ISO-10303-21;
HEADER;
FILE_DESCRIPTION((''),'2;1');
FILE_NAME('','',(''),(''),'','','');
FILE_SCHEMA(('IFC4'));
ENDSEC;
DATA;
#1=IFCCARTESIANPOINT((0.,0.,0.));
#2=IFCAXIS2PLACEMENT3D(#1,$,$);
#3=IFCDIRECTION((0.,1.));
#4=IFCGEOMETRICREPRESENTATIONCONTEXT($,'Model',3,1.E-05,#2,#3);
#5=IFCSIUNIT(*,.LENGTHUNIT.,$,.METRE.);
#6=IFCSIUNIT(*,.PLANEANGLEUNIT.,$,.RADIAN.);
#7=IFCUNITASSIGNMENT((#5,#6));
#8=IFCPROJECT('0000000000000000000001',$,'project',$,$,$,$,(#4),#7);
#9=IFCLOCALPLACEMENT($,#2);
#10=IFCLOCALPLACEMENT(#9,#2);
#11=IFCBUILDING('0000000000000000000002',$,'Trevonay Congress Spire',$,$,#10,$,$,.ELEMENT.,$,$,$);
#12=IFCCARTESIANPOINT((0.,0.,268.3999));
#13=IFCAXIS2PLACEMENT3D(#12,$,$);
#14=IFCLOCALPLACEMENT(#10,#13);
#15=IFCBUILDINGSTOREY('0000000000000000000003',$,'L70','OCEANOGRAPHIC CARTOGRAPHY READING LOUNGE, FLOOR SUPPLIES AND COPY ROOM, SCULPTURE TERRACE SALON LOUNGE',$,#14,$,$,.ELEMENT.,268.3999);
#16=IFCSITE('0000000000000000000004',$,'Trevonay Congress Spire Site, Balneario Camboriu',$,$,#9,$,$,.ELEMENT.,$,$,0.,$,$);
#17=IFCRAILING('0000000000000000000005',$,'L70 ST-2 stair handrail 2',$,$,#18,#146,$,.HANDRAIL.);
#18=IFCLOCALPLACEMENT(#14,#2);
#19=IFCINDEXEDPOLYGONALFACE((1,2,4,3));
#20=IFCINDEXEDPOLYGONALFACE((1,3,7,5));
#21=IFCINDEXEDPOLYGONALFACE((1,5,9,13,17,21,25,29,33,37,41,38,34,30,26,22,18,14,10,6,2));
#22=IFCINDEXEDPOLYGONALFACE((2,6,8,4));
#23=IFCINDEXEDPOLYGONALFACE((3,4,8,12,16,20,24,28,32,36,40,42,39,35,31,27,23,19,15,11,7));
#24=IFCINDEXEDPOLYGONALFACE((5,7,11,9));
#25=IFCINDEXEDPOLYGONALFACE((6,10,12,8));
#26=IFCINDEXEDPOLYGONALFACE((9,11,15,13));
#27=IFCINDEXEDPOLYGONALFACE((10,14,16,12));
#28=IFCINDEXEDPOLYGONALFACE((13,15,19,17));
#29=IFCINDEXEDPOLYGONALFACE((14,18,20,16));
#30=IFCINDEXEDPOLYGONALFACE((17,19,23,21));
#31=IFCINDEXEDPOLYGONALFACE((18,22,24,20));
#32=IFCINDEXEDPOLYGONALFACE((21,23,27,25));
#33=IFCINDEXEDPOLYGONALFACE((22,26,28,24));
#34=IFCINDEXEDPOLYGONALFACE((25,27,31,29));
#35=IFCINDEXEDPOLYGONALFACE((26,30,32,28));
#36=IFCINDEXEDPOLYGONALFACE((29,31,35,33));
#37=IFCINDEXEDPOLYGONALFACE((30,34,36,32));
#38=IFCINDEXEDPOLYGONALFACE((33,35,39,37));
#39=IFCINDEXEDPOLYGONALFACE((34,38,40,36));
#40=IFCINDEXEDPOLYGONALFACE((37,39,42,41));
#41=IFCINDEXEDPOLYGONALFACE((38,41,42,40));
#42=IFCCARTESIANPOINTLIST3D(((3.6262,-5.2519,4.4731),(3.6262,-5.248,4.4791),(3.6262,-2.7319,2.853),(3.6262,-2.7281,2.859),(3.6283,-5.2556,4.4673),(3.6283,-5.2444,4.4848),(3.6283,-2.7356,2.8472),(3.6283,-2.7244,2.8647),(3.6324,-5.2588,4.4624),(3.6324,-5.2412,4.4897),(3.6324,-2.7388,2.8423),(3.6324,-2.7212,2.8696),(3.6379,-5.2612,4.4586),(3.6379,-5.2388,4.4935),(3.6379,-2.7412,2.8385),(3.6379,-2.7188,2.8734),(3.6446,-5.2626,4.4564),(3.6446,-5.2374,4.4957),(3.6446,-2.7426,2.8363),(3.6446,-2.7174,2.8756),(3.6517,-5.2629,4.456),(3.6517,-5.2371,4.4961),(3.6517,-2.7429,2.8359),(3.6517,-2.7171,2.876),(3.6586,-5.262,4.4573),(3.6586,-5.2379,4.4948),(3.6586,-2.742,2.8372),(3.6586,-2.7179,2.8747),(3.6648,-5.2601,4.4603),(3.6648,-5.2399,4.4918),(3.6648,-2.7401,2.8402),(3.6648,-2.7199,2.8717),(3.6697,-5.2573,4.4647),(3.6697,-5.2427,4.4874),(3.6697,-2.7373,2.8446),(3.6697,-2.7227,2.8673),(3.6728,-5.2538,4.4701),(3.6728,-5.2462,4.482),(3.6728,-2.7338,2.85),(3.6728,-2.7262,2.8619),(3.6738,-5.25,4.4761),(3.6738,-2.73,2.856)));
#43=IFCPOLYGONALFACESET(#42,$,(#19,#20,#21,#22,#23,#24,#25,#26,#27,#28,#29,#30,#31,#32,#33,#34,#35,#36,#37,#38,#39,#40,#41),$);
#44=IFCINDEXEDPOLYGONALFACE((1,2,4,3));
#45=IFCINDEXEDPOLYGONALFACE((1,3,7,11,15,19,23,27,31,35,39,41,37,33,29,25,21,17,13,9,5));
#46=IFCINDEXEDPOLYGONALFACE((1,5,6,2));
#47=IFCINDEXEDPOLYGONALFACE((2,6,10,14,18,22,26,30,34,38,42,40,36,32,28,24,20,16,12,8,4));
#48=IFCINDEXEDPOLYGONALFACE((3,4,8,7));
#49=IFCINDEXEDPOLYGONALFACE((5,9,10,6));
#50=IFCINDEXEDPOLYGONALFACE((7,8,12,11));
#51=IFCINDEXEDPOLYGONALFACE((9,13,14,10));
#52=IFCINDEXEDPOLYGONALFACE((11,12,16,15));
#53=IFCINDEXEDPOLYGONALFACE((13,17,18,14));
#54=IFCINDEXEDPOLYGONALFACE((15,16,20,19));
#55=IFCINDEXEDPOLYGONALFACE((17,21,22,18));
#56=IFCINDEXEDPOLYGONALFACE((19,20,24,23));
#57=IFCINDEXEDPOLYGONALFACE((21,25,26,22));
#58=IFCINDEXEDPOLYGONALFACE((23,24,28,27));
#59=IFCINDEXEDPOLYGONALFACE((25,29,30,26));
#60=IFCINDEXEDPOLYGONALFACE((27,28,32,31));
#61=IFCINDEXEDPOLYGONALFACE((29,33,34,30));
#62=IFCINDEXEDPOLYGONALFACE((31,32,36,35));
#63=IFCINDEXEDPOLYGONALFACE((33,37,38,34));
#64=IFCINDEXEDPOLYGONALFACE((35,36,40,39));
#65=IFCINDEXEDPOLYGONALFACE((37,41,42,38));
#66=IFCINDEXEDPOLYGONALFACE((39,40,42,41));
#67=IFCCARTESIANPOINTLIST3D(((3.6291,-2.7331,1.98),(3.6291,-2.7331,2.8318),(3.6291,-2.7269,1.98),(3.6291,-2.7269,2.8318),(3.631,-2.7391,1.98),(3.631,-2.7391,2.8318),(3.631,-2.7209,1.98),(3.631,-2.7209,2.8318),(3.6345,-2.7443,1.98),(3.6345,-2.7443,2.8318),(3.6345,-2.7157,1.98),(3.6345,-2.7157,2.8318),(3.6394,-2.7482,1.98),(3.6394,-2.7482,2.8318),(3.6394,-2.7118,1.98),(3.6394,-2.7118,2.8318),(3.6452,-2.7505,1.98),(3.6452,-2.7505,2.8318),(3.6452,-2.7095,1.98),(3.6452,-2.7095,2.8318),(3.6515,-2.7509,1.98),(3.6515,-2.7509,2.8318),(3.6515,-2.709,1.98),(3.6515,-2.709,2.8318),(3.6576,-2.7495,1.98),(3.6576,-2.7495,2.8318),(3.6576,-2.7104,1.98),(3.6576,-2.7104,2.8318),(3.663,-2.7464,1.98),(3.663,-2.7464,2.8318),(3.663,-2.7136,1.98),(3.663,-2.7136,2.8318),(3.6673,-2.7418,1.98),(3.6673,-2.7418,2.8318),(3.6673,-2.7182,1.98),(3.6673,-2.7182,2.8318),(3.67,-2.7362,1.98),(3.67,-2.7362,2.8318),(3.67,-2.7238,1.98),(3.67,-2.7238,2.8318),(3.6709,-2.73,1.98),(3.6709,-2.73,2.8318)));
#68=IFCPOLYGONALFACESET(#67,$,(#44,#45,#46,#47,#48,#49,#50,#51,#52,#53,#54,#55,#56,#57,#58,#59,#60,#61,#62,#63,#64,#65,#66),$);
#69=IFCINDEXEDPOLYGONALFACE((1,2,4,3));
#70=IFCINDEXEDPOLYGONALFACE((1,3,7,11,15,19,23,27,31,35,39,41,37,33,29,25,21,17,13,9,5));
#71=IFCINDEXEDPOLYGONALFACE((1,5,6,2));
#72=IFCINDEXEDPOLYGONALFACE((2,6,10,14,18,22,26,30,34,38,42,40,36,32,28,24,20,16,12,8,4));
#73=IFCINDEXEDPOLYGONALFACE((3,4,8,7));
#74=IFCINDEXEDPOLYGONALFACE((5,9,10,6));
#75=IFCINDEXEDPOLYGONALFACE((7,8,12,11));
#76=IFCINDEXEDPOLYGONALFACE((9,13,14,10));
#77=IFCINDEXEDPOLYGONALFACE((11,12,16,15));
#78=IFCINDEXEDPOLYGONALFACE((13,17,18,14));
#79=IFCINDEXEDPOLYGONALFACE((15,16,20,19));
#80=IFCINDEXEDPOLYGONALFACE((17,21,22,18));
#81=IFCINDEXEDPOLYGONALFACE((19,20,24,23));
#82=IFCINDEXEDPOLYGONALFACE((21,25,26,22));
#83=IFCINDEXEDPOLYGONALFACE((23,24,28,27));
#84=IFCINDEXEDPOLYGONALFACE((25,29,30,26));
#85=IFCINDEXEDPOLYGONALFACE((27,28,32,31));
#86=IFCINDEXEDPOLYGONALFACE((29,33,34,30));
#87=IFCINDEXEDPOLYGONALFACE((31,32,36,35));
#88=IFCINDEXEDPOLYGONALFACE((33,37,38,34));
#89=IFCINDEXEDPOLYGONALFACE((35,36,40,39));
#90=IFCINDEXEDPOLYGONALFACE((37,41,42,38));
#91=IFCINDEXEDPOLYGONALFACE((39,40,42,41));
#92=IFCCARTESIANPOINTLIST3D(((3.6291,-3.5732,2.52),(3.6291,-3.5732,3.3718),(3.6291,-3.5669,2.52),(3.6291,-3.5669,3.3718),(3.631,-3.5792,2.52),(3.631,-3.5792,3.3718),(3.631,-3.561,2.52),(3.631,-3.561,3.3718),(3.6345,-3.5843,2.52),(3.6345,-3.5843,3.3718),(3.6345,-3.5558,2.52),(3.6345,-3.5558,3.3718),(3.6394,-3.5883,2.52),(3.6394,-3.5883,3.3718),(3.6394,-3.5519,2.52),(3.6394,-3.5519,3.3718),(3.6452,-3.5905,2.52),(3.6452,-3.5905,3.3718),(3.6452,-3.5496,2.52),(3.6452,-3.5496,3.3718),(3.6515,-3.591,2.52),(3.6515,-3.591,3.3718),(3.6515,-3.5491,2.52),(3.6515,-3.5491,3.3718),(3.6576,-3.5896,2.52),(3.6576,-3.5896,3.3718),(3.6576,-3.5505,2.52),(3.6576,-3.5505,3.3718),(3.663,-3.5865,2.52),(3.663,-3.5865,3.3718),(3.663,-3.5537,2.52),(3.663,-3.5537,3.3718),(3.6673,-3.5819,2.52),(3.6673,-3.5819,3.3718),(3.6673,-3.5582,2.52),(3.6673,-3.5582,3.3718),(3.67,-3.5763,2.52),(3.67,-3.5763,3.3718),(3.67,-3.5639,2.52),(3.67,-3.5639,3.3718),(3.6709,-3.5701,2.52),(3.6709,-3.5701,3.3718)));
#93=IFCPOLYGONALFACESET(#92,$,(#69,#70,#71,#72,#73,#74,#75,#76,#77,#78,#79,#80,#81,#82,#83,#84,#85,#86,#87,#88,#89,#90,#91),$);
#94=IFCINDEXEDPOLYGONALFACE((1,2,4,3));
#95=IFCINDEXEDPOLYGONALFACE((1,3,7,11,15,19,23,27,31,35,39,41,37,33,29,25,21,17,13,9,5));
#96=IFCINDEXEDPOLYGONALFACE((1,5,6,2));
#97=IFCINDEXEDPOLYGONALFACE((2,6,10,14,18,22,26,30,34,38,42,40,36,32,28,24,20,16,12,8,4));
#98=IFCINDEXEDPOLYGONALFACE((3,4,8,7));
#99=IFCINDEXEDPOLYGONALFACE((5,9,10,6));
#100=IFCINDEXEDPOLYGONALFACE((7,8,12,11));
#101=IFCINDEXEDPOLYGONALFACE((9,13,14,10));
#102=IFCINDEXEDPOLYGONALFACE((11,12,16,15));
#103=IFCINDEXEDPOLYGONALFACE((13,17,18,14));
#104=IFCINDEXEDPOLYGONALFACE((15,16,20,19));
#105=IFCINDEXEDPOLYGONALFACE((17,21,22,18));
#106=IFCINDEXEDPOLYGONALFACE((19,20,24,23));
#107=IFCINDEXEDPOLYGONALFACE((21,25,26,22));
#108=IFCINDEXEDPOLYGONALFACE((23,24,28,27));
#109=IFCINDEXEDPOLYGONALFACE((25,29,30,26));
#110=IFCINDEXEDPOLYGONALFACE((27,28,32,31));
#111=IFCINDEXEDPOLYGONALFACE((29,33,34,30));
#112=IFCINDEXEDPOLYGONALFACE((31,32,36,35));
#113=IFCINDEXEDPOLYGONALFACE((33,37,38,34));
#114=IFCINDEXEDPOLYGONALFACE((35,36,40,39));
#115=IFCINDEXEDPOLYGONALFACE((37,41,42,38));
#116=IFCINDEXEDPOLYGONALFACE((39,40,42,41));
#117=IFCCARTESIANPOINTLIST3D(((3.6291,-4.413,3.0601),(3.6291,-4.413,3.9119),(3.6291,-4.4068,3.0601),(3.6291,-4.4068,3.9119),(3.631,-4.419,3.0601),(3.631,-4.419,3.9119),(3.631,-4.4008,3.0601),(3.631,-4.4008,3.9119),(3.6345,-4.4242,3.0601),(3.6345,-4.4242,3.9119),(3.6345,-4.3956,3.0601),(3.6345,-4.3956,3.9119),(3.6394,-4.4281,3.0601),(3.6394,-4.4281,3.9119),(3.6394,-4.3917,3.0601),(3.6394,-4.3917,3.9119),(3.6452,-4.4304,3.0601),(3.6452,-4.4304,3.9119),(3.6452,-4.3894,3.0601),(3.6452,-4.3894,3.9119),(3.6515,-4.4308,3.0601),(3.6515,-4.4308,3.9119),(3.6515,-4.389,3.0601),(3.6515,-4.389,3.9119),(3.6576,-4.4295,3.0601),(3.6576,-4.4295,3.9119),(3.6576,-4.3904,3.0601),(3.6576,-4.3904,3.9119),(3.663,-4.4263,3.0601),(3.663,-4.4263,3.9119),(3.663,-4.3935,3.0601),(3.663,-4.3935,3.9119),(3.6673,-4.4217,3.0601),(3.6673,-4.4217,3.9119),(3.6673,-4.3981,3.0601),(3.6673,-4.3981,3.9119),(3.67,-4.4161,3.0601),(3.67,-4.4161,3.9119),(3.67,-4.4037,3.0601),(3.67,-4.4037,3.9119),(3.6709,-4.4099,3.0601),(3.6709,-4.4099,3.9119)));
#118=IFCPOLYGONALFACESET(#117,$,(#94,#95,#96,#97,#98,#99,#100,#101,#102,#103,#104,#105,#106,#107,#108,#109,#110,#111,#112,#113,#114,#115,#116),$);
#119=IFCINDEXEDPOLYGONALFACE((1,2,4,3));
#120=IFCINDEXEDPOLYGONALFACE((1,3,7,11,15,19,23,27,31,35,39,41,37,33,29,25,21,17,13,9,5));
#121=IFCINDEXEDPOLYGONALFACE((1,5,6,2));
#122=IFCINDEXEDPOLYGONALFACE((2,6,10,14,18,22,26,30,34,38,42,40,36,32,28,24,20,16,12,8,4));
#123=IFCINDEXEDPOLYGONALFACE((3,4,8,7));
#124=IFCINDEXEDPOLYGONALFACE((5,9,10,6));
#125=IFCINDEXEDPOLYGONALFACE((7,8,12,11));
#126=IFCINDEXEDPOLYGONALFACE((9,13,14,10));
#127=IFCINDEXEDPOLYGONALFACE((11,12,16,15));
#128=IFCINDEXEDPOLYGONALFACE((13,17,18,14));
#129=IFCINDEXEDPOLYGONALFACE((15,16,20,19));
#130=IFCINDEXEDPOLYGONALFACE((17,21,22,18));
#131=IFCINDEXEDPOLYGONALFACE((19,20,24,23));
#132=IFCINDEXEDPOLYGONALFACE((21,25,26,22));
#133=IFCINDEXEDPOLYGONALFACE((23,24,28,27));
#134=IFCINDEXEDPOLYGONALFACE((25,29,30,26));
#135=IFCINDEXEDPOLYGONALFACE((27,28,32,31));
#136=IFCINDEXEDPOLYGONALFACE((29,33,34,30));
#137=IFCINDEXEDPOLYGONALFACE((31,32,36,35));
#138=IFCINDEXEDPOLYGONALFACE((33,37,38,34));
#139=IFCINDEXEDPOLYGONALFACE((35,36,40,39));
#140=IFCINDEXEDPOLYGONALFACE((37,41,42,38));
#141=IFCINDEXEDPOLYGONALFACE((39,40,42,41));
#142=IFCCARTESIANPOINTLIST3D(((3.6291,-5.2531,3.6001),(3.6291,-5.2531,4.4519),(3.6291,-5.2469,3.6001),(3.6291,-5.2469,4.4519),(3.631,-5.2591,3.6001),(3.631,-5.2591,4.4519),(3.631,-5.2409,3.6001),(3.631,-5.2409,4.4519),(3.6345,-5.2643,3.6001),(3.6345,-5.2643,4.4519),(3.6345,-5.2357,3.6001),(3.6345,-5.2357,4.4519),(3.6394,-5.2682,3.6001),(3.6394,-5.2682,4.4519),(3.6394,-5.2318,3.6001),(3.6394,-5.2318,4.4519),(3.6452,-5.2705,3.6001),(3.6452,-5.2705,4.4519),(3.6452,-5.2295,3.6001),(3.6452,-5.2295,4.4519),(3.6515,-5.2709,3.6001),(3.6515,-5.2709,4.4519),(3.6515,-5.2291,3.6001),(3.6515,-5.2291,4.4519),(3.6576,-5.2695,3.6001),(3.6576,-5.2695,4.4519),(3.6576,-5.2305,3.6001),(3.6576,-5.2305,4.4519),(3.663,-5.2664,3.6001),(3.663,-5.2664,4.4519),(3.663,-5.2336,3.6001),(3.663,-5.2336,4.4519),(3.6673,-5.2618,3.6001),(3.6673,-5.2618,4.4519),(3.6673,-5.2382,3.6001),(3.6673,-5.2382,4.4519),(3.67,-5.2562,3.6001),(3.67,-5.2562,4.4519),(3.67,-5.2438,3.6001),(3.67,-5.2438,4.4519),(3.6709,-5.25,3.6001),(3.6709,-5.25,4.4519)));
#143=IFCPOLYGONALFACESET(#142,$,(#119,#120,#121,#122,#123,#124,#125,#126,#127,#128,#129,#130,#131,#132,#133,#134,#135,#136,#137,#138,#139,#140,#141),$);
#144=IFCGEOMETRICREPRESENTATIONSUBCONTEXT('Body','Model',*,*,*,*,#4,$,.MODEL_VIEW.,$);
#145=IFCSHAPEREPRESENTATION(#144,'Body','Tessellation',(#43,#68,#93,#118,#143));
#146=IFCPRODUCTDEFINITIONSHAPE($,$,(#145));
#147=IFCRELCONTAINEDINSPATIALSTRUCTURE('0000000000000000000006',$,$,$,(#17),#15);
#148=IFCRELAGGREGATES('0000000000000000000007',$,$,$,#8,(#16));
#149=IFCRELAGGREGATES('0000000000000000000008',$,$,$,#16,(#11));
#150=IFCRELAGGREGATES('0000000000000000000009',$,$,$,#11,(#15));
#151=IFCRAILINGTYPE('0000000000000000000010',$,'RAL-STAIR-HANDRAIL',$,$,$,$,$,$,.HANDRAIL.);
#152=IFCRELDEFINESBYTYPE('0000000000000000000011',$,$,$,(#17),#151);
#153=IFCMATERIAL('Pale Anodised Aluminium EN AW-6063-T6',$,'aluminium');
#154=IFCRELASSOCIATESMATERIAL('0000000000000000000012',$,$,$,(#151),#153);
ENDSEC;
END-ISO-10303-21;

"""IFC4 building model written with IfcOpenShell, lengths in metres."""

from ifc_helpers import new_model, si_unit, direction, frame, origin, origin_2d, place, context, subcontext, project, spatial, circle, extrude, material, type_object, element, save


model = new_model("IFC4")

# Units and contexts
model_context = context("Model", 3, precision=1e-05, world=origin(), true_north=direction((0.0, 1.0)))
body_context = subcontext(model_context, "Body", "Model", "MODEL_VIEW")
ifc_project = project(units=[si_unit("LENGTHUNIT", "METRE"), si_unit("PLANEANGLEUNIT", "RADIAN")], contexts=[model_context])

# Site, building, storey
site_placement = place(None, origin())
site = spatial("IfcSite", under=ifc_project, at=site_placement, Name="Trevonay Congress Spire Site, Balneario Camboriu", CompositionType="ELEMENT", RefElevation=0.0)
building_placement = place(site_placement, origin())
building = spatial("IfcBuilding", under=site, at=building_placement, Name="Trevonay Congress Spire", CompositionType="ELEMENT")
storey_placement = place(building_placement, frame((0.0, 0.0, 268.3999)))
storey = spatial("IfcBuildingStorey", under=building, at=storey_placement, Name="L70", Description="OCEANOGRAPHIC CARTOGRAPHY READING LOUNGE, FLOOR SUPPLIES AND COPY ROOM, SCULPTURE TERRACE SALON LOUNGE", CompositionType="ELEMENT", Elevation=268.3999)

# Shared definitions
ifc_material_1 = material(Name="Pale Anodised Aluminium EN AW-6063-T6", Category="aluminium")

# Railing
railing_type_1 = type_object("IfcRailingType", Name="RAL-STAIR-HANDRAIL", PredefinedType="HANDRAIL", material=ifc_material_1)
railing_1_placement = place(storey_placement, frame((3.6499, -2.73, 1.98)))
element("IfcRailing", 1, at=railing_1_placement, inside=storey, type_object=railing_type_1, Name="L70 ST-2 stair handrail 2", PredefinedType="HANDRAIL", context=body_context, shape_type="SweptSolid", body=[
    extrude(circle(Radius=0.0239, at=origin_2d()), frame((0.0, 0.0, 0.876), z_axis=(0.0, -0.841163, 0.540782), x_axis=(1.0, 0.0, 0.0)), (0.0, 0.0, 1.0), 2.9958),
    extrude(circle(Radius=0.021, at=origin_2d()), origin(), (0.0, 0.0, 1.0), 0.8518),
    extrude(circle(Radius=0.021, at=origin_2d()), frame((0.0, -0.8401, 0.54)), (0.0, 0.0, 1.0), 0.8518),
    extrude(circle(Radius=0.021, at=origin_2d()), frame((0.0, -1.6799, 1.0801)), (0.0, 0.0, 1.0), 0.8518),
    extrude(circle(Radius=0.021, at=origin_2d()), frame((0.0, -2.52, 1.6201)), (0.0, 0.0, 1.0), 0.8518),
])

save(model, "model.ifc")
